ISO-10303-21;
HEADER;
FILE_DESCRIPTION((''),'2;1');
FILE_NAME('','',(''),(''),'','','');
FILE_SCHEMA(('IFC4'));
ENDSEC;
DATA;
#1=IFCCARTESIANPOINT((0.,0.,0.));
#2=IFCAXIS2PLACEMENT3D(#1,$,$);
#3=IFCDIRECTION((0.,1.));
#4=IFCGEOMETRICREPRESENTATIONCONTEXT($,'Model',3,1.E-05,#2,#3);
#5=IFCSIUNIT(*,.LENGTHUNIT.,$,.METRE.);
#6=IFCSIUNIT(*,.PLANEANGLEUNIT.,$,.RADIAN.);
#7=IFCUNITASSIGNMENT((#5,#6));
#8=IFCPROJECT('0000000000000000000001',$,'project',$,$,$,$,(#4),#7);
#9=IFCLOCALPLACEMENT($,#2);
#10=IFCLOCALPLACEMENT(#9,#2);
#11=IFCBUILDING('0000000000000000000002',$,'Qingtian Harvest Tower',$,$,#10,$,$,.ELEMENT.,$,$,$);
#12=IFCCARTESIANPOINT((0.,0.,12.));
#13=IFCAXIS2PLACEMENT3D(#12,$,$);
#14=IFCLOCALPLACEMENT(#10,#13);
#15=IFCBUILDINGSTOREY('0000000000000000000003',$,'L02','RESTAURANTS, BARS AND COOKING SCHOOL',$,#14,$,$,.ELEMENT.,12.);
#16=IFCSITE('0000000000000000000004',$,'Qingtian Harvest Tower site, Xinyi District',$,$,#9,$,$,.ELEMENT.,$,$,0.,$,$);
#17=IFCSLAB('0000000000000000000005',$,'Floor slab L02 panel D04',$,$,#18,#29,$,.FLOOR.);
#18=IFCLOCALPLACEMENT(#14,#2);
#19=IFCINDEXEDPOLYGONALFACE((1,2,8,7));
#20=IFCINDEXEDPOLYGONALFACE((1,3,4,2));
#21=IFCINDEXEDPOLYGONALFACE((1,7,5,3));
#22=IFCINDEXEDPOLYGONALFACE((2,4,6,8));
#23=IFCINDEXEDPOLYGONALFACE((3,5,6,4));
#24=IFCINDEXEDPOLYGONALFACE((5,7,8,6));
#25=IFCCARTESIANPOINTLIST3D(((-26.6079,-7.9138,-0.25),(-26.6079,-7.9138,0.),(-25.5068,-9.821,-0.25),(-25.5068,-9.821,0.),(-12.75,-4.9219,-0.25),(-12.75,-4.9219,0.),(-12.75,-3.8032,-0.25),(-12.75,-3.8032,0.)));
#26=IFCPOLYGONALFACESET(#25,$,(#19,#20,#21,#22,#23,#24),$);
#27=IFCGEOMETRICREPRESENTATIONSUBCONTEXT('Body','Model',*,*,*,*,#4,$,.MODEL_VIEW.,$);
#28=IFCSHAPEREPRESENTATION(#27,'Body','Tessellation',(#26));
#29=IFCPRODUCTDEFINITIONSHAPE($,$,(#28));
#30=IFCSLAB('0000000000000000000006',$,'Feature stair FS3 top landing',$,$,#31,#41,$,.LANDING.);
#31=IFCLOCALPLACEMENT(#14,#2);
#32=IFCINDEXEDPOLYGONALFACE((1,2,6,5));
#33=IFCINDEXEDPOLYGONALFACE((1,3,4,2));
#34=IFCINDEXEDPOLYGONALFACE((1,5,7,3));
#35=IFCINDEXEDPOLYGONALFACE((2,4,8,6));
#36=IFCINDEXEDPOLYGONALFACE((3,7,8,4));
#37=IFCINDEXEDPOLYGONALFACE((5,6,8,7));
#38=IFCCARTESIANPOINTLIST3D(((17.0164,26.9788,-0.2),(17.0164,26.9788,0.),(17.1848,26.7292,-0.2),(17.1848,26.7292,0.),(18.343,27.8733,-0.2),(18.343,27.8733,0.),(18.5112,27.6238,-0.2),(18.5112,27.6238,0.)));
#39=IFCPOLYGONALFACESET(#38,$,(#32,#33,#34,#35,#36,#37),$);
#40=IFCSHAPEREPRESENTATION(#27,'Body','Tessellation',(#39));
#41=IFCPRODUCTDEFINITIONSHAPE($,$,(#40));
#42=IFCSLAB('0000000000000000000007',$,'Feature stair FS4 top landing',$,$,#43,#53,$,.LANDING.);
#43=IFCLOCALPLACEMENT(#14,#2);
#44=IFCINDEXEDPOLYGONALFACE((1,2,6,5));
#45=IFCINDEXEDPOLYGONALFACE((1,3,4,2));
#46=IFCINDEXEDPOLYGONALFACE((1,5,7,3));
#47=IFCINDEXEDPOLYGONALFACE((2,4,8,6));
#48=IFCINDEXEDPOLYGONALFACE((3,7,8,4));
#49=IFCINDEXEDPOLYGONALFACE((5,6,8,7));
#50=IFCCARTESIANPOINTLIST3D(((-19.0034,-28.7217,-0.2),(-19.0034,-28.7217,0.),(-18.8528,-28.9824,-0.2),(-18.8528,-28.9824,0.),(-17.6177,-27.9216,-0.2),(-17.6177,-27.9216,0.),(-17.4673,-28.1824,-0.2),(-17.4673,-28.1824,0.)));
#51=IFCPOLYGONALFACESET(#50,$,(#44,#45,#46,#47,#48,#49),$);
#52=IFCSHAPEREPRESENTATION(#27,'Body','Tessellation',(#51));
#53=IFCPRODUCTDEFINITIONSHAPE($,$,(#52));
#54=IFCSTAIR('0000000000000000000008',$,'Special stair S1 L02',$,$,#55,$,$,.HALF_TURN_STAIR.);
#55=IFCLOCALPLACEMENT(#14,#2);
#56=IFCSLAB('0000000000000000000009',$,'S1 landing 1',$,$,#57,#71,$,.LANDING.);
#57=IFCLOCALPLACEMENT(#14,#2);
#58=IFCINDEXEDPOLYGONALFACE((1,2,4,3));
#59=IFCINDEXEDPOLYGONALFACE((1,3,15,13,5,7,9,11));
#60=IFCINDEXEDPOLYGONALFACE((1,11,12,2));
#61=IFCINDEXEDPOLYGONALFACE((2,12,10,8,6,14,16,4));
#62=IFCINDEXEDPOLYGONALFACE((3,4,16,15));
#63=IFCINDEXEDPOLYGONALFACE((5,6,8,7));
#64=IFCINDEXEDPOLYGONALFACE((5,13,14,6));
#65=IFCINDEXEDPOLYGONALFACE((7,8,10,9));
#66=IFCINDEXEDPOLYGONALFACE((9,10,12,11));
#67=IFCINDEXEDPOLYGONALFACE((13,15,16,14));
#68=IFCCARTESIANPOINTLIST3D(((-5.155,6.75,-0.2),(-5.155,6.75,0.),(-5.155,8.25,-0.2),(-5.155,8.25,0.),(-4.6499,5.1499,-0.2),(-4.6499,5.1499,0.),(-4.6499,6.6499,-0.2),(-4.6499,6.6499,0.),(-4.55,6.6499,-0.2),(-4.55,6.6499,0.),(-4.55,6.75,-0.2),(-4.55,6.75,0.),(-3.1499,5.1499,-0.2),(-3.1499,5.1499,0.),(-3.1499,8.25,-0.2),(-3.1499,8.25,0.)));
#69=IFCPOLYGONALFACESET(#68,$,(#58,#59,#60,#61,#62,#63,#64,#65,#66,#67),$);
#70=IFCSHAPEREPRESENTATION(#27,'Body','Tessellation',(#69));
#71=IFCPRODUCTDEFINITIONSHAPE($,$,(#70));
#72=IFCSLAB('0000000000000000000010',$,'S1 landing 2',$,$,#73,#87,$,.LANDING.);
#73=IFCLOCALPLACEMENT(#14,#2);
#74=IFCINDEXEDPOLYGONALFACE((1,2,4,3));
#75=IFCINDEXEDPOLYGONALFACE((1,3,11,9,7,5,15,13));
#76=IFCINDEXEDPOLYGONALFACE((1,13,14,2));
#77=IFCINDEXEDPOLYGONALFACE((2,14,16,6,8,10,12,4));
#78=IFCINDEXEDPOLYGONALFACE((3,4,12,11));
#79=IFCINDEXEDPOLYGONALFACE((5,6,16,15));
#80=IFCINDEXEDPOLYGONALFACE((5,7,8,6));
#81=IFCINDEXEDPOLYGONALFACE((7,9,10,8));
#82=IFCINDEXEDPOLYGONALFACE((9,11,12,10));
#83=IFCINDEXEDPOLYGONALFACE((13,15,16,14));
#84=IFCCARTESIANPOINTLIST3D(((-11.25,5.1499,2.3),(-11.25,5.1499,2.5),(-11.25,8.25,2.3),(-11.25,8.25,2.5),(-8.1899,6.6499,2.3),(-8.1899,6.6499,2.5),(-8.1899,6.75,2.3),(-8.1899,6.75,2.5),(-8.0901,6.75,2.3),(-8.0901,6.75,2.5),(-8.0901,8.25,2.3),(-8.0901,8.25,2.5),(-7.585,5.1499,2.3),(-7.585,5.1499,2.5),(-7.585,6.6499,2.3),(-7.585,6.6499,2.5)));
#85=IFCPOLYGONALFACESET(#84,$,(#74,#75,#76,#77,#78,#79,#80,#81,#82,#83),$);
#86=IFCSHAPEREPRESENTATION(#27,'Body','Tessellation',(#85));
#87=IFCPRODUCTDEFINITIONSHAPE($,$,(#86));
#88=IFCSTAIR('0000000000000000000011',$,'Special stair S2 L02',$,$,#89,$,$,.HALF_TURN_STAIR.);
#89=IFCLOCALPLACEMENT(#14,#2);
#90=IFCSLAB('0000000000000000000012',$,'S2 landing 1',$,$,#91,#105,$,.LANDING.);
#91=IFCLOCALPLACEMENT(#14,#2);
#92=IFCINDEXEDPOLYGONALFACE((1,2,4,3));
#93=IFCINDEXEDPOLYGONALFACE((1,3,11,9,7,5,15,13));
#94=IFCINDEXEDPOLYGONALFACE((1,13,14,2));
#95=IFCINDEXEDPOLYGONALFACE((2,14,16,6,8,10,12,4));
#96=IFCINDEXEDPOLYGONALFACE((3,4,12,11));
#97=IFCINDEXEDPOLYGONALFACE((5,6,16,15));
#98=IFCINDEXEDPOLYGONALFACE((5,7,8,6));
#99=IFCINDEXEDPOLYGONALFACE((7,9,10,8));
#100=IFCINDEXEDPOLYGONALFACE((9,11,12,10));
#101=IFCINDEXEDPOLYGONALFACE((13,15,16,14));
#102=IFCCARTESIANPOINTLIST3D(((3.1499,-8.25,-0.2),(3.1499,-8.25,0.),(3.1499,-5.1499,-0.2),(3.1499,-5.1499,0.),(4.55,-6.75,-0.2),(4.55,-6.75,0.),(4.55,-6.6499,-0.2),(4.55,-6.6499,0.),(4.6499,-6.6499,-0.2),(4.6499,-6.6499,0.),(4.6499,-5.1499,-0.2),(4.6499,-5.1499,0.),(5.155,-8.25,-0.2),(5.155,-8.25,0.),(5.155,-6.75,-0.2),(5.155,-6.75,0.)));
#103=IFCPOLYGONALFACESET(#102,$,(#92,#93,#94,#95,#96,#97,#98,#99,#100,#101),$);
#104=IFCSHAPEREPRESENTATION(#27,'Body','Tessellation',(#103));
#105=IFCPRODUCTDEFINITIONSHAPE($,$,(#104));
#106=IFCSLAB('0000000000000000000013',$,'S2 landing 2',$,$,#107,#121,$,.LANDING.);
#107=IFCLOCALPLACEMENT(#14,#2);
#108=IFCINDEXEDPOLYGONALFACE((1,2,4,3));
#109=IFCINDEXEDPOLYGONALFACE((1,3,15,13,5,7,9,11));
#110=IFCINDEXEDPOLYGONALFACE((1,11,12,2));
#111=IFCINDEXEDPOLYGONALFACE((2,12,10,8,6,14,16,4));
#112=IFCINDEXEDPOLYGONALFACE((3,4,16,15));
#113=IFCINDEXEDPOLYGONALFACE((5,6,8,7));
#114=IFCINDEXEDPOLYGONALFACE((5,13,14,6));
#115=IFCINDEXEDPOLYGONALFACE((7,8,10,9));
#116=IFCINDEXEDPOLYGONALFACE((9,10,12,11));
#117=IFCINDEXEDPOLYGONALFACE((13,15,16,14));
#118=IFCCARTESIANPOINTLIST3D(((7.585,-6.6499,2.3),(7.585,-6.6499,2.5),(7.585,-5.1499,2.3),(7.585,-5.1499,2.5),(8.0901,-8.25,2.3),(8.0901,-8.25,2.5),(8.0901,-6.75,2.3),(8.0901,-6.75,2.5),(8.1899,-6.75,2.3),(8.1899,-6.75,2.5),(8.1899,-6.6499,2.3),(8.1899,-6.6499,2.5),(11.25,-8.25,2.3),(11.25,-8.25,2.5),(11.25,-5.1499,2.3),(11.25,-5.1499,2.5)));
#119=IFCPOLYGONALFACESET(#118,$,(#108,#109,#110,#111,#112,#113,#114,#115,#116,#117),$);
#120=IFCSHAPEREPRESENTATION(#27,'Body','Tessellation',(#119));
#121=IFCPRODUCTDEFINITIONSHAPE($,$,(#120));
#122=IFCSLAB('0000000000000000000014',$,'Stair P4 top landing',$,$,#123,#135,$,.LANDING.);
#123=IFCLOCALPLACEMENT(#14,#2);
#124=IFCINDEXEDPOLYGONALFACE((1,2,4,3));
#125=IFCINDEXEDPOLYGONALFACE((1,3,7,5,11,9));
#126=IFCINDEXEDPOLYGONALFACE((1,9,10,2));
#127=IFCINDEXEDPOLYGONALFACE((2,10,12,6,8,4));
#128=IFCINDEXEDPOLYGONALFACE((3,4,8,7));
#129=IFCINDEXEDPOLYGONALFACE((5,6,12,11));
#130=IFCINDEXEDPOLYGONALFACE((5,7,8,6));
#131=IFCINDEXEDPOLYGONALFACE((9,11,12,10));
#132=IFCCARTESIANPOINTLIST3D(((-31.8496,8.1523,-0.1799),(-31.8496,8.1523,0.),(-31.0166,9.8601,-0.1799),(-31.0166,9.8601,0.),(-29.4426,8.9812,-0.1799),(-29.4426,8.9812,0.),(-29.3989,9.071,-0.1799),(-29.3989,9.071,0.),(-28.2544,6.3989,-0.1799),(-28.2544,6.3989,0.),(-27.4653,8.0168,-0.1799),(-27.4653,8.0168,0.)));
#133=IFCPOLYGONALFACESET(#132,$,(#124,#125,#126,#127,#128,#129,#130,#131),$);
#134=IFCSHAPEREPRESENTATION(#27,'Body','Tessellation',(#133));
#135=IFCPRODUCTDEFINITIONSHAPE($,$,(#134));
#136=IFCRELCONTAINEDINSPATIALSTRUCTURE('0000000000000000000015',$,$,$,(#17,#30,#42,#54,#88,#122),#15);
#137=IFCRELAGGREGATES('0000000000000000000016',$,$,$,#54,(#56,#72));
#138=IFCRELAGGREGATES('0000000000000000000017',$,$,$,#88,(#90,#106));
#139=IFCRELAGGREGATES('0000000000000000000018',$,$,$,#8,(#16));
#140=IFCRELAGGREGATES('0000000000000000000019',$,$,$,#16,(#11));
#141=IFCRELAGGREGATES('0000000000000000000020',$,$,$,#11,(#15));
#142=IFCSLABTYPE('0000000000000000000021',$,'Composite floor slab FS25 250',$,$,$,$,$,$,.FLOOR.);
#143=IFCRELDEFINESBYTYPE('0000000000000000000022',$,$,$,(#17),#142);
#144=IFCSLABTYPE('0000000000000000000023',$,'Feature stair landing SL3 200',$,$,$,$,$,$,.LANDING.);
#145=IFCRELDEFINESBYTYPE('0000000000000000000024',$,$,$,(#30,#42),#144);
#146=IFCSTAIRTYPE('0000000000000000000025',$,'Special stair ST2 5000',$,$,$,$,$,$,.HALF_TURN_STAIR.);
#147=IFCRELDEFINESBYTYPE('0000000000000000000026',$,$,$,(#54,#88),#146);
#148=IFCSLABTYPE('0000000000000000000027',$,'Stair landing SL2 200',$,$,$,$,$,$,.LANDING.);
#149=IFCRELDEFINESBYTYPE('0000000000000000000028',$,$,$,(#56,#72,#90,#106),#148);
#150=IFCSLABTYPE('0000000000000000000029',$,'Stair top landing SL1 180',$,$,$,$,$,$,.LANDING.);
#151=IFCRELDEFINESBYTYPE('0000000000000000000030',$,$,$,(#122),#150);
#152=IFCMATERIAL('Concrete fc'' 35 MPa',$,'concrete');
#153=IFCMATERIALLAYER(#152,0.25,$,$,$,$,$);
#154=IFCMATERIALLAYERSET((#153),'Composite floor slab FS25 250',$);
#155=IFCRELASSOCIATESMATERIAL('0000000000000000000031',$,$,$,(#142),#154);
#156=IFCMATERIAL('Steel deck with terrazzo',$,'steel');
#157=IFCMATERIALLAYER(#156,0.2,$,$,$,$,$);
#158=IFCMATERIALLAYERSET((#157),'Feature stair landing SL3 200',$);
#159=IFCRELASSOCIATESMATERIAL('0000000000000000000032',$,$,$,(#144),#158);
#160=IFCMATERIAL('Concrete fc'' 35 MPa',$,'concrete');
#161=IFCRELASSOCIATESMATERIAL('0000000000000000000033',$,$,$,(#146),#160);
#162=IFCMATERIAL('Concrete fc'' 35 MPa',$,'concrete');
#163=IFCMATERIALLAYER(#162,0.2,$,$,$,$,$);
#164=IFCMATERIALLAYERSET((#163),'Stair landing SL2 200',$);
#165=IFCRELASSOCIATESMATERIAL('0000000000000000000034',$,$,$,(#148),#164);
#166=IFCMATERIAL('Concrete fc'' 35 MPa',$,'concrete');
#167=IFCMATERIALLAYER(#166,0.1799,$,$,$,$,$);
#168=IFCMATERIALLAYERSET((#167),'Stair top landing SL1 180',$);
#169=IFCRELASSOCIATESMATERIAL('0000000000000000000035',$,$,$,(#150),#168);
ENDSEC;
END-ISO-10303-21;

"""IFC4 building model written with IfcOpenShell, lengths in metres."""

from ifc_helpers import new_model, si_unit, direction, frame, origin, place, context, subcontext, project, spatial, polyline, outline, extrude, material, layer, layer_set, type_object, element, aggregate, save


model = new_model("IFC4")

# Units and contexts
model_context = context("Model", 3, precision=1e-05, world=origin(), true_north=direction((0.0, 1.0)))
body_context = subcontext(model_context, "Body", "Model", "MODEL_VIEW")
ifc_project = project(units=[si_unit("LENGTHUNIT", "METRE"), si_unit("PLANEANGLEUNIT", "RADIAN")], contexts=[model_context])

# Site, building, storey
site_placement = place(None, origin())
site = spatial("IfcSite", under=ifc_project, at=site_placement, Name="Qingtian Harvest Tower site, Xinyi District", CompositionType="ELEMENT", RefElevation=0.0)
building_placement = place(site_placement, origin())
building = spatial("IfcBuilding", under=site, at=building_placement, Name="Qingtian Harvest Tower", CompositionType="ELEMENT")
storey_placement = place(building_placement, frame((0.0, 0.0, 12.0)))
storey = spatial("IfcBuildingStorey", under=building, at=storey_placement, Name="L02", Description="RESTAURANTS, BARS AND COOKING SCHOOL", CompositionType="ELEMENT", Elevation=12.0)

# Slabs
ifc_material_1 = material(Name="Concrete fc' 35 MPa", Category="concrete")
ifc_layer_1 = layer(ifc_material_1, 0.25)
ifc_layer_set_1 = layer_set([ifc_layer_1], Name="Composite floor slab FS25 250")
slab_type_1 = type_object("IfcSlabType", Name="Composite floor slab FS25 250", PredefinedType="FLOOR", material=ifc_layer_set_1)
slab_1_placement = place(storey_placement, frame((0.0, 0.0, -0.25)))
element("IfcSlab", 1, at=slab_1_placement, inside=storey, type_object=slab_type_1, Name="Floor slab L02 panel D04", PredefinedType="FLOOR", context=body_context, shape_type="SweptSolid", body=[
    extrude(outline(polyline([(-12.75, -4.9219), (-25.5068, -9.821), (-26.6079, -7.9138), (-12.75, -3.8032), (-12.75, -4.9219)])), origin(), (0.0, 0.0, 1.0), 0.25),
])
ifc_material_2 = material(Name="Steel deck with terrazzo", Category="steel")
ifc_layer_2 = layer(ifc_material_2, 0.2)
ifc_layer_set_2 = layer_set([ifc_layer_2], Name="Feature stair landing SL3 200")
slab_type_2 = type_object("IfcSlabType", Name="Feature stair landing SL3 200", PredefinedType="LANDING", material=ifc_layer_set_2)
slab_2_placement = place(storey_placement, frame((0.0, 0.0, -0.2)))
element("IfcSlab", 2, at=slab_2_placement, inside=storey, type_object=slab_type_2, Name="Feature stair FS3 top landing", PredefinedType="LANDING", context=body_context, shape_type="SweptSolid", body=[
    extrude(outline(polyline([(18.5112, 27.6238), (18.343, 27.8733), (17.0164, 26.9788), (17.1848, 26.7292), (18.5112, 27.6238)])), origin(), (0.0, 0.0, 1.0), 0.2),
])
slab_3_placement = place(storey_placement, frame((0.0, 0.0, -0.2)))
element("IfcSlab", 3, at=slab_3_placement, inside=storey, type_object=slab_type_2, Name="Feature stair FS4 top landing", PredefinedType="LANDING", context=body_context, shape_type="SweptSolid", body=[
    extrude(outline(polyline([(-19.0034, -28.7217), (-18.8528, -28.9824), (-17.4673, -28.1824), (-17.6177, -27.9216), (-19.0034, -28.7217)])), origin(), (0.0, 0.0, 1.0), 0.2),
])

# Stairs, slabs
ifc_material_3 = material(Name="Concrete fc' 35 MPa", Category="concrete")
stair_type = type_object("IfcStairType", Name="Special stair ST2 5000", PredefinedType="HALF_TURN_STAIR", material=ifc_material_3)
stair_1_placement = place(storey_placement, origin())
stair_1 = element("IfcStair", 4, at=stair_1_placement, inside=storey, type_object=stair_type, Name="Special stair S1 L02", PredefinedType="HALF_TURN_STAIR")
ifc_material_4 = material(Name="Concrete fc' 35 MPa", Category="concrete")
ifc_layer_3 = layer(ifc_material_4, 0.2)
ifc_layer_set_3 = layer_set([ifc_layer_3], Name="Stair landing SL2 200")
slab_type_3 = type_object("IfcSlabType", Name="Stair landing SL2 200", PredefinedType="LANDING", material=ifc_layer_set_3)
slab_4_placement = place(storey_placement, frame((0.0, 0.0, -0.2)))
slab_4 = element("IfcSlab", 5, at=slab_4_placement, type_object=slab_type_3, Name="S1 landing 1", PredefinedType="LANDING", context=body_context, shape_type="SweptSolid", body=[
    extrude(outline(polyline([(-4.6499, 5.1499), (-4.6499, 6.6499), (-4.55, 6.6499), (-4.55, 6.75), (-5.155, 6.75), (-5.155, 8.25), (-3.1499, 8.25), (-3.1499, 5.1499), (-4.6499, 5.1499)])), origin(), (0.0, 0.0, 1.0), 0.2),
])
slab_5_placement = place(storey_placement, frame((0.0, 0.0, 2.3)))
slab_5 = element("IfcSlab", 6, at=slab_5_placement, type_object=slab_type_3, Name="S1 landing 2", PredefinedType="LANDING", context=body_context, shape_type="SweptSolid", body=[
    extrude(outline(polyline([(-7.585, 5.1499), (-11.25, 5.1499), (-11.25, 8.25), (-8.0901, 8.25), (-8.0901, 6.75), (-8.1899, 6.75), (-8.1899, 6.6499), (-7.585, 6.6499), (-7.585, 5.1499)])), origin(), (0.0, 0.0, 1.0), 0.2),
])
aggregate(stair_1, [slab_4, slab_5])
stair_2_placement = place(storey_placement, origin())
stair_2 = element("IfcStair", 7, at=stair_2_placement, inside=storey, type_object=stair_type, Name="Special stair S2 L02", PredefinedType="HALF_TURN_STAIR")
slab_6_placement = place(storey_placement, frame((0.0, 0.0, -0.2)))
slab_6 = element("IfcSlab", 8, at=slab_6_placement, type_object=slab_type_3, Name="S2 landing 1", PredefinedType="LANDING", context=body_context, shape_type="SweptSolid", body=[
    extrude(outline(polyline([(5.155, -8.25), (3.1499, -8.25), (3.1499, -5.1499), (4.6499, -5.1499), (4.6499, -6.6499), (4.55, -6.6499), (4.55, -6.75), (5.155, -6.75), (5.155, -8.25)])), origin(), (0.0, 0.0, 1.0), 0.2),
])
slab_7_placement = place(storey_placement, frame((0.0, 0.0, 2.3)))
slab_7 = element("IfcSlab", 9, at=slab_7_placement, type_object=slab_type_3, Name="S2 landing 2", PredefinedType="LANDING", context=body_context, shape_type="SweptSolid", body=[
    extrude(outline(polyline([(8.0901, -8.25), (8.0901, -6.75), (8.1899, -6.75), (8.1899, -6.6499), (7.585, -6.6499), (7.585, -5.1499), (11.25, -5.1499), (11.25, -8.25), (8.0901, -8.25)])), origin(), (0.0, 0.0, 1.0), 0.2),
])
aggregate(stair_2, [slab_6, slab_7])

# Slab
ifc_material_5 = material(Name="Concrete fc' 35 MPa", Category="concrete")
ifc_layer_4 = layer(ifc_material_5, 0.1799)
ifc_layer_set_4 = layer_set([ifc_layer_4], Name="Stair top landing SL1 180")
slab_type_4 = type_object("IfcSlabType", Name="Stair top landing SL1 180", PredefinedType="LANDING", material=ifc_layer_set_4)
slab_8_placement = place(storey_placement, frame((0.0, 0.0, -0.1799)))
element("IfcSlab", 10, at=slab_8_placement, inside=storey, type_object=slab_type_4, Name="Stair P4 top landing", PredefinedType="LANDING", context=body_context, shape_type="SweptSolid", body=[
    extrude(outline(polyline([(-31.8496, 8.1523), (-31.0166, 9.8601), (-29.3989, 9.071), (-29.4426, 8.9812), (-27.4653, 8.0168), (-28.2544, 6.3989), (-31.8496, 8.1523)])), origin(), (0.0, 0.0, 1.0), 0.1799),
])

save(model, "model.ifc")
